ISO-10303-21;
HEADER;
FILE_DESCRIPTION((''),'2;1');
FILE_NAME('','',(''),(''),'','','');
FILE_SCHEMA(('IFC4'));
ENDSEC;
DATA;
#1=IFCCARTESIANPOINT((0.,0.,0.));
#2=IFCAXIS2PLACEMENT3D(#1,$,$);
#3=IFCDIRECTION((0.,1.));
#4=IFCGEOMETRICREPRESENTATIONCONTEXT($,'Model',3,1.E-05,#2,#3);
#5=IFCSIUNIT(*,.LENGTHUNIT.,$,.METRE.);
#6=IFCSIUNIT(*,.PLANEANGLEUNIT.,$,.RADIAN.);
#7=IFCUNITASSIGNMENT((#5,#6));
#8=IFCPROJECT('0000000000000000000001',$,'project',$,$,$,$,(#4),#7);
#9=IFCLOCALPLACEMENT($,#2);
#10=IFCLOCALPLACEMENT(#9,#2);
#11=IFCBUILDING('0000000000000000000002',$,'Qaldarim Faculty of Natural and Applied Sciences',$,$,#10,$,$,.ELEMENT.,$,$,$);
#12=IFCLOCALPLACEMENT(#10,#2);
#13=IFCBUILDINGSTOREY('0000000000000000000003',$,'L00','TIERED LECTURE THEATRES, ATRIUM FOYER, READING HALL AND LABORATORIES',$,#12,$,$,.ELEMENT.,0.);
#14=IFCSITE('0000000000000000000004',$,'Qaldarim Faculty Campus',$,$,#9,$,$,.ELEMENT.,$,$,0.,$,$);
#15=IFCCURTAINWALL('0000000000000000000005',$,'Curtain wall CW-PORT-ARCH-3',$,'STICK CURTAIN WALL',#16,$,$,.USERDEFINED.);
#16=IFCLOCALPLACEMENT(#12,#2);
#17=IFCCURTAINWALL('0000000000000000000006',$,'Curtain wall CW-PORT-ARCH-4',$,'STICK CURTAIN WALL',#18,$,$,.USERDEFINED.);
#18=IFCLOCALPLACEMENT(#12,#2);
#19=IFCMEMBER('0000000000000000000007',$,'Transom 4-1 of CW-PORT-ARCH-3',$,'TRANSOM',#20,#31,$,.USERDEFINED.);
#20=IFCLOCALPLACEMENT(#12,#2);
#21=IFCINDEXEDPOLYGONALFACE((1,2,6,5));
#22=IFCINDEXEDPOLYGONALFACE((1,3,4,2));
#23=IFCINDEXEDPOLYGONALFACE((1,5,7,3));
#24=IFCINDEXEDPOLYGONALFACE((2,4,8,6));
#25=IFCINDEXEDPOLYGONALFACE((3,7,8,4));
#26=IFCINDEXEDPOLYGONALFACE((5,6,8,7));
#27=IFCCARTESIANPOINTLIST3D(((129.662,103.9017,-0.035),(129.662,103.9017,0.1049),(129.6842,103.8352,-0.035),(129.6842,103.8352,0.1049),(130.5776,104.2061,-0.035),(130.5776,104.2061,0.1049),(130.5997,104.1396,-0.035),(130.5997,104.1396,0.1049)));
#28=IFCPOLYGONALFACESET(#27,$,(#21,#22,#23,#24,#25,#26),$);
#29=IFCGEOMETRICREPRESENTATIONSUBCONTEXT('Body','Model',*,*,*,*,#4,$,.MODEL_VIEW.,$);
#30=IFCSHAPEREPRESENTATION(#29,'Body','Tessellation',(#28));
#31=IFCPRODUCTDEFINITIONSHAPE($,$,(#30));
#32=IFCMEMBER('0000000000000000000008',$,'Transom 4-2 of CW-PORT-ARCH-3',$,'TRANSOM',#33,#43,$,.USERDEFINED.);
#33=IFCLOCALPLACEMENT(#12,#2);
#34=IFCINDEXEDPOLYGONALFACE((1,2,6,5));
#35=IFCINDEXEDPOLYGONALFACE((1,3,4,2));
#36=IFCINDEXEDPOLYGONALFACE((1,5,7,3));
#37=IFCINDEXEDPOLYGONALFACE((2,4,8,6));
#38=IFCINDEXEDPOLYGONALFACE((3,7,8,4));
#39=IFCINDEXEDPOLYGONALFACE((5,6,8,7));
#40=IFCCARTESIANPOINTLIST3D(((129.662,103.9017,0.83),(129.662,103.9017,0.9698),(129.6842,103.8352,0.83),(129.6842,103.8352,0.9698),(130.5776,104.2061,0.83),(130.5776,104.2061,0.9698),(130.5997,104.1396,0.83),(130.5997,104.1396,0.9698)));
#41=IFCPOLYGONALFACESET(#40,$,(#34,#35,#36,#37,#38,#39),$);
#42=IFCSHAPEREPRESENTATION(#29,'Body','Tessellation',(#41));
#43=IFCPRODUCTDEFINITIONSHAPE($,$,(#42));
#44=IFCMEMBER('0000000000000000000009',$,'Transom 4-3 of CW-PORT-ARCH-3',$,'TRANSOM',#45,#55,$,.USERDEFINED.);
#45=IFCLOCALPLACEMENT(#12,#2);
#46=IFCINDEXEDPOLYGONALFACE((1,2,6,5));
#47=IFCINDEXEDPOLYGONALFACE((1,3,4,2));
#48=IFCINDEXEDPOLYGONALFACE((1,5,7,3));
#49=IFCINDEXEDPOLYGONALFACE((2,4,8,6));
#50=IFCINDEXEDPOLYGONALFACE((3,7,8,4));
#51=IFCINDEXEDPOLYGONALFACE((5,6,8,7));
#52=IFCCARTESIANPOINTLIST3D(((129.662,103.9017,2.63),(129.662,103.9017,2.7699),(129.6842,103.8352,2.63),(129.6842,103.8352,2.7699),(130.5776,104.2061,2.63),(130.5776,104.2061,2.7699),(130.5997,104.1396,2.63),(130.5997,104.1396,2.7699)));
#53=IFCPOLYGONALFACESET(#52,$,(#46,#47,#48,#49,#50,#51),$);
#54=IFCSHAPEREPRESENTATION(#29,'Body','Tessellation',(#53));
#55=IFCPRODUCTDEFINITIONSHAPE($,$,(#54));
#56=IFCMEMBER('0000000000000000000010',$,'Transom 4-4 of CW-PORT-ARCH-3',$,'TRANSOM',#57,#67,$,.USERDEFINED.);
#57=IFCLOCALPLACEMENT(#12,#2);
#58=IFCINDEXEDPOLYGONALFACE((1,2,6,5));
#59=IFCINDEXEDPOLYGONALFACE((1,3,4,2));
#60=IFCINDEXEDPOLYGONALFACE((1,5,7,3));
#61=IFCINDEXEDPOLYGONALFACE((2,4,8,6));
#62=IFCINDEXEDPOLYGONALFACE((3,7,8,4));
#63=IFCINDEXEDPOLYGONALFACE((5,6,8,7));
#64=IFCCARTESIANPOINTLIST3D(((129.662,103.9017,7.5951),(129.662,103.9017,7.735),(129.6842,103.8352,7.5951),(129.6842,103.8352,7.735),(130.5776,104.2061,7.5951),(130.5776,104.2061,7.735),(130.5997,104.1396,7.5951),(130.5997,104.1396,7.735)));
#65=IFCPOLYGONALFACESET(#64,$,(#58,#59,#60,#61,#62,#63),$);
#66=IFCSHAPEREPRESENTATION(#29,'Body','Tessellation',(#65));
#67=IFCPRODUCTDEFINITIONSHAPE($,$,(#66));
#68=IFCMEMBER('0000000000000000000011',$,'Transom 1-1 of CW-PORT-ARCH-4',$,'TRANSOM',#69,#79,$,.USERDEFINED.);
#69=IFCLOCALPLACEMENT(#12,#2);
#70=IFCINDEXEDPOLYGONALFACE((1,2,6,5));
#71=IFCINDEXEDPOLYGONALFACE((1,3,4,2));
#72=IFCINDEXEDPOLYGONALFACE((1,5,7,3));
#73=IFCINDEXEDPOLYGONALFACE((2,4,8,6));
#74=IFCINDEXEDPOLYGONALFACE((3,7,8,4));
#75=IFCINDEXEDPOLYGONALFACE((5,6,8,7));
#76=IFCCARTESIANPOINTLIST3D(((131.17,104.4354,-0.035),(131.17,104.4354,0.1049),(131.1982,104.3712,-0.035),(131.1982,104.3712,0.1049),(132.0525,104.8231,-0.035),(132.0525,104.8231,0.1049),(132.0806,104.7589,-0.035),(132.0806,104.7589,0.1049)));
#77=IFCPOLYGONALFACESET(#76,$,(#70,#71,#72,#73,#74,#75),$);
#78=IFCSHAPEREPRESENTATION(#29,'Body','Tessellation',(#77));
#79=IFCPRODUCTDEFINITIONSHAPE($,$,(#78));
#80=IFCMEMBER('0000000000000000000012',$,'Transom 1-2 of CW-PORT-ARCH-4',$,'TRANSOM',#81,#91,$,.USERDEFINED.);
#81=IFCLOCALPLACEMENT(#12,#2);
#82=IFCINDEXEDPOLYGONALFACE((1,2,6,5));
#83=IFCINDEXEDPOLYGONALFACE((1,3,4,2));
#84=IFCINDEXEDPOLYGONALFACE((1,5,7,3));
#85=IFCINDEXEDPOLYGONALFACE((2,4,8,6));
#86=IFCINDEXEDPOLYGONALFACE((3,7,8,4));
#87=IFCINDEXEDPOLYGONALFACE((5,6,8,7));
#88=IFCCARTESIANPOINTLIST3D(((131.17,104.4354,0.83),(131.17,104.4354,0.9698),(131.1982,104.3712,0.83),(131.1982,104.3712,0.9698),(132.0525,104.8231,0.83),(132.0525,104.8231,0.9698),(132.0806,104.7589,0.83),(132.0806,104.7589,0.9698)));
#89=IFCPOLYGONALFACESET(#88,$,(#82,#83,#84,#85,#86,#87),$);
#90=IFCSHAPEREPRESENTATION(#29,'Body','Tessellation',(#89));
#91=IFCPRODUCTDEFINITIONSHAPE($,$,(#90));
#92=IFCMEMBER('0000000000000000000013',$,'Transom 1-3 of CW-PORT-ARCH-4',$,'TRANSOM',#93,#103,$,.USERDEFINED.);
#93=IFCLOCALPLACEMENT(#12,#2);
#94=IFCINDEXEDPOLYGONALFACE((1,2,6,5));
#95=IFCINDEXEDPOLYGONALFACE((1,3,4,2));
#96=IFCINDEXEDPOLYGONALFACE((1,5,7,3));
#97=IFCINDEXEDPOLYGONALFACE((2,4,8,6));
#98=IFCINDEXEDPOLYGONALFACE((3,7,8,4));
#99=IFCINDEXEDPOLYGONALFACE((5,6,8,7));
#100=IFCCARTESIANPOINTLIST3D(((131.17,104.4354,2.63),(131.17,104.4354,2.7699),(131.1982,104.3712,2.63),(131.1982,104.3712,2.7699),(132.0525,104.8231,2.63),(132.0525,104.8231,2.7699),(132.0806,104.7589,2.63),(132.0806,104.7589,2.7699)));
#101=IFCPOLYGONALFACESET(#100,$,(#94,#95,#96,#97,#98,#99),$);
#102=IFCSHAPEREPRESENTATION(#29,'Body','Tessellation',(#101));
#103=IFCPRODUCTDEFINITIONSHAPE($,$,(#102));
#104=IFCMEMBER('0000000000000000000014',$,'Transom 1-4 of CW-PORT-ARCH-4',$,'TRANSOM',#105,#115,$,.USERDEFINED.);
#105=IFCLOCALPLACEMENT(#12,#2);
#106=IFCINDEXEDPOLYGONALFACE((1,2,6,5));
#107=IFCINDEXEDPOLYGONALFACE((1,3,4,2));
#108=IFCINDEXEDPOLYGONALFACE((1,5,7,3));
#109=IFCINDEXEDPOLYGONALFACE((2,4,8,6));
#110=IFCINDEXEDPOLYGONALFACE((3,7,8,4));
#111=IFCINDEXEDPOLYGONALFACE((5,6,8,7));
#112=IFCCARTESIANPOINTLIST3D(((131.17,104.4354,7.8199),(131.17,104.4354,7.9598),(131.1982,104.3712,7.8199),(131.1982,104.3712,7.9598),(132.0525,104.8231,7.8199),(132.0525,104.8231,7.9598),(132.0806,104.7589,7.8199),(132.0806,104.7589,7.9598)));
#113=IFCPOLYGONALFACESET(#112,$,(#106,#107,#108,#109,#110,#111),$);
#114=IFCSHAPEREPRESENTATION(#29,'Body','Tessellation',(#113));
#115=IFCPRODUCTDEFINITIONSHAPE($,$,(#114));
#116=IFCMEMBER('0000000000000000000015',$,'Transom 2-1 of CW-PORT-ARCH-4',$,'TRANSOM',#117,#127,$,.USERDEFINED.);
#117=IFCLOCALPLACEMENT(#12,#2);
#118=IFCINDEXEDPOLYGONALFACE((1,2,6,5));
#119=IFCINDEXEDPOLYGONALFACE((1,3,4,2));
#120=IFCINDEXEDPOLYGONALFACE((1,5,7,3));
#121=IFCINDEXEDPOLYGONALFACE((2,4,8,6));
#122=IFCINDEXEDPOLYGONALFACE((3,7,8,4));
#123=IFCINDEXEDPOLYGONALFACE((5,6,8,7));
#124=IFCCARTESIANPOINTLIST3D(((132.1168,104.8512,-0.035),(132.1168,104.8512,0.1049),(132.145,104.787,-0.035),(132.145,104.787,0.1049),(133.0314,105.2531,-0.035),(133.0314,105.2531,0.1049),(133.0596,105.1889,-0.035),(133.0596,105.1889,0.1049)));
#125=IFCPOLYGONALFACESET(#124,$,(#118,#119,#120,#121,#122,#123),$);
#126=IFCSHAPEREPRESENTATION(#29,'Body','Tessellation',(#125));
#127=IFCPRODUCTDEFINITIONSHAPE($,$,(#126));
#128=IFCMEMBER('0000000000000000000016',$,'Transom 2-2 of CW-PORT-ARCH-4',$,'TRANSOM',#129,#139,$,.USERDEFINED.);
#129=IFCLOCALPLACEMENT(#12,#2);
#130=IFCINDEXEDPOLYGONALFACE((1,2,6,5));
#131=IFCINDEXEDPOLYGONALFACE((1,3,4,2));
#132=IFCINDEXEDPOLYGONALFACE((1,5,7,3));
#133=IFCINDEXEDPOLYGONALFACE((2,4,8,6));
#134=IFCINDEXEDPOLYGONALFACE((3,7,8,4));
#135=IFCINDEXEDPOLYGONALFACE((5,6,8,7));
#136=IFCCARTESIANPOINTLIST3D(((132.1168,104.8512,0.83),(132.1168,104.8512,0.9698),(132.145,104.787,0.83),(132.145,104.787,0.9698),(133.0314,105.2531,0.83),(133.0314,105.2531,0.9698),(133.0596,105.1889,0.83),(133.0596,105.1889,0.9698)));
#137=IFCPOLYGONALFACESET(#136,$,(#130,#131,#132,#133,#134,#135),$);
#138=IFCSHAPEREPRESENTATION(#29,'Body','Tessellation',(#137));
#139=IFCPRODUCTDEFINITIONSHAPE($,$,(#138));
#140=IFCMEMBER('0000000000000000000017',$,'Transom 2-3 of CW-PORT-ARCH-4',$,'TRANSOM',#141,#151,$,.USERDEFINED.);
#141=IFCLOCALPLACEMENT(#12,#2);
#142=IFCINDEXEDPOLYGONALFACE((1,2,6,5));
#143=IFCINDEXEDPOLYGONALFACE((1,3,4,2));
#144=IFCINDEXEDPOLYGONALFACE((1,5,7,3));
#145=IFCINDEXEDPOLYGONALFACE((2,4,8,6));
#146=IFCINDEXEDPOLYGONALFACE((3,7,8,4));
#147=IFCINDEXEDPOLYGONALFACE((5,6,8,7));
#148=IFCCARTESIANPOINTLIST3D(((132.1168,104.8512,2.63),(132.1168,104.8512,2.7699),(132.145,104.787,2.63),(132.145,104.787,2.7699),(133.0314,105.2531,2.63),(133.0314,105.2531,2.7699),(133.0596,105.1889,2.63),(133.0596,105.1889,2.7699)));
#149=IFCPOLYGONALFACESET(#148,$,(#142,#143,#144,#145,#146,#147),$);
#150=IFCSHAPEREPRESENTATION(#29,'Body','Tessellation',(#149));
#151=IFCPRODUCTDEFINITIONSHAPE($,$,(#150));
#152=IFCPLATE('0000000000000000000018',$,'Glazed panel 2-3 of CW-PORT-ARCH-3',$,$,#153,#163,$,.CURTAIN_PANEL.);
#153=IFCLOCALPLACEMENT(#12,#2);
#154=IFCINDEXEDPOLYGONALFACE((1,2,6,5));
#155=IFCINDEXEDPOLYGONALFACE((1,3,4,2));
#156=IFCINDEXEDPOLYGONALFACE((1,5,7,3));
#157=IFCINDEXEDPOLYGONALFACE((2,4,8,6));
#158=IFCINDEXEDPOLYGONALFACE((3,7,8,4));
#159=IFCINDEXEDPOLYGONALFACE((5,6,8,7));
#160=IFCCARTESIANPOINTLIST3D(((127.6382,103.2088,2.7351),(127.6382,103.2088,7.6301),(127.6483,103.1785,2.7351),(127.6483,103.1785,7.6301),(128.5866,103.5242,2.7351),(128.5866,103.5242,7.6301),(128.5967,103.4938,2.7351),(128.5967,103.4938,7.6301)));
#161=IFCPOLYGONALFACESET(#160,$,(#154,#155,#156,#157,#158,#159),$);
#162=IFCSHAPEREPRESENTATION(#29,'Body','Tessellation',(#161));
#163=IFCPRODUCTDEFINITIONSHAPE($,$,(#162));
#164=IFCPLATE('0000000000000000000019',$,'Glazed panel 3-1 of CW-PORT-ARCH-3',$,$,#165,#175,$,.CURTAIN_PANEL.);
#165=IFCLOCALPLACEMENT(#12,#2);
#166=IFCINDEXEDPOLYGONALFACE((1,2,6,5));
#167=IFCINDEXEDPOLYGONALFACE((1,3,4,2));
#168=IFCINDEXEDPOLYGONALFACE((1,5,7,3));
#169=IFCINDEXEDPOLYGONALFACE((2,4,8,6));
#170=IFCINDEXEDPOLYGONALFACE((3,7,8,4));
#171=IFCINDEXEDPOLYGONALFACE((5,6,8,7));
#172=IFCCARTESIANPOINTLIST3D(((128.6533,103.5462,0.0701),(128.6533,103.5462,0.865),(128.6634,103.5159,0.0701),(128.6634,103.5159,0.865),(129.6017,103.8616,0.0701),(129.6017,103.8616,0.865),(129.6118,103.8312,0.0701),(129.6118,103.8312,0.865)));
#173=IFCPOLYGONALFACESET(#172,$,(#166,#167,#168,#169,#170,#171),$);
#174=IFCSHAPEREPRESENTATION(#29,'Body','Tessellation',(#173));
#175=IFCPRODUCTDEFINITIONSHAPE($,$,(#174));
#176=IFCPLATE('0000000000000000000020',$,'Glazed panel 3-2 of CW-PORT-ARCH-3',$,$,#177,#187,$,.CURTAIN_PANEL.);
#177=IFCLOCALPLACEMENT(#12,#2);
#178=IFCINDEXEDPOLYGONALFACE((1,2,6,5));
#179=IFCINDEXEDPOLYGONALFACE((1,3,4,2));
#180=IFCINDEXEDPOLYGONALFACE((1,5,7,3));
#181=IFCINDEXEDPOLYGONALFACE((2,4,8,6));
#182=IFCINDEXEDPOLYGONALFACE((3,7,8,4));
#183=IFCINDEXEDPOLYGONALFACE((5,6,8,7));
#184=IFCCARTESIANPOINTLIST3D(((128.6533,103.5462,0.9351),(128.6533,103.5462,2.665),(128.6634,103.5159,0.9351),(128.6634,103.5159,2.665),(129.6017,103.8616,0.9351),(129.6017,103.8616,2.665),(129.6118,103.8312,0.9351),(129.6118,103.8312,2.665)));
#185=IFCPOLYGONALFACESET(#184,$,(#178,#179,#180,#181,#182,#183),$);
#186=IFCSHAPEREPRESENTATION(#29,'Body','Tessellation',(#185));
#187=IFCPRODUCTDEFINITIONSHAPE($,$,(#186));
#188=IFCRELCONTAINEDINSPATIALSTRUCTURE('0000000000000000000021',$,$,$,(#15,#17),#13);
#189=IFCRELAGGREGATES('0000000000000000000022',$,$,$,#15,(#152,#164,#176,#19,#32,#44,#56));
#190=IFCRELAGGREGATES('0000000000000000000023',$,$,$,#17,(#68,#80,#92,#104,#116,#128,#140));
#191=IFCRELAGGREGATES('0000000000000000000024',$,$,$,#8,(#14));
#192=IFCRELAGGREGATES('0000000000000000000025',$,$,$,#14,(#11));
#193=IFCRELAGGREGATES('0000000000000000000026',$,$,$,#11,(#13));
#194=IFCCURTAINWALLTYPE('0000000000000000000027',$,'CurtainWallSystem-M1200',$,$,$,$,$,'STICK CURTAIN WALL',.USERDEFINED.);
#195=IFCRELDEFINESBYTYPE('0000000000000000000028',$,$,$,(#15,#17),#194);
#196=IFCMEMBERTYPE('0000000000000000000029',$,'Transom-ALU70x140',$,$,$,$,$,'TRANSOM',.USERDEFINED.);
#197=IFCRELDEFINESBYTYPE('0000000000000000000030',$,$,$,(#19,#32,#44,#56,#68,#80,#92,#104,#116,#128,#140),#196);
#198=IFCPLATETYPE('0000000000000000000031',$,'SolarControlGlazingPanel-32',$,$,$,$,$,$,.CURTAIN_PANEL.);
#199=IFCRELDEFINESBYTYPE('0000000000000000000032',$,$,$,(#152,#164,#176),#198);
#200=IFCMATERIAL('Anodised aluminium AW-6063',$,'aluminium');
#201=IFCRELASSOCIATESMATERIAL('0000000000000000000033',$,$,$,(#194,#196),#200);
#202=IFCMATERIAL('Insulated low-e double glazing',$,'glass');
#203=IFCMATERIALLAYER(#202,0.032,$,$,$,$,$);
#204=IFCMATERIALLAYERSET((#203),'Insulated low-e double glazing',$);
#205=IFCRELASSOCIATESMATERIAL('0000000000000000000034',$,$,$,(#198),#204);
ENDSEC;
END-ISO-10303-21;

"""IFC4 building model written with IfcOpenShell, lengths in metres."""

from ifc_helpers import new_model, si_unit, direction, frame, origin, origin_2d, place, context, subcontext, project, spatial, rectangle, extrude, material, layer, layer_set, material_profile, profile_set, type_object, element, aggregate, save


model = new_model("IFC4")

# Units and contexts
model_context = context("Model", 3, precision=1e-05, world=origin(), true_north=direction((0.0, 1.0)))
body_context = subcontext(model_context, "Body", "Model", "MODEL_VIEW")
ifc_project = project(units=[si_unit("LENGTHUNIT", "METRE"), si_unit("PLANEANGLEUNIT", "RADIAN")], contexts=[model_context])

# Site, building, storey
site_placement = place(None, origin())
site = spatial("IfcSite", under=ifc_project, at=site_placement, Name="Qaldarim Faculty Campus", CompositionType="ELEMENT", RefElevation=0.0)
building_placement = place(site_placement, origin())
building = spatial("IfcBuilding", under=site, at=building_placement, Name="Qaldarim Faculty of Natural and Applied Sciences", CompositionType="ELEMENT")
storey_placement = place(building_placement, origin())
storey = spatial("IfcBuildingStorey", under=building, at=storey_placement, Name="L00", Description="TIERED LECTURE THEATRES, ATRIUM FOYER, READING HALL AND LABORATORIES", CompositionType="ELEMENT", Elevation=0.0)

# Curtain walls
ifc_material_1 = material(Name="Anodised aluminium AW-6063", Category="aluminium")
curtain_wall_type = type_object("IfcCurtainWallType", Name="CurtainWallSystem-M1200", ElementType="STICK CURTAIN WALL", PredefinedType="USERDEFINED", material=ifc_material_1)
curtain_wall_1_placement = place(storey_placement, origin())
curtain_wall_1 = element("IfcCurtainWall", 1, at=curtain_wall_1_placement, inside=storey, type_object=curtain_wall_type, Name="Curtain wall CW-PORT-ARCH-3", ObjectType="STICK CURTAIN WALL", PredefinedType="USERDEFINED")
curtain_wall_2_placement = place(storey_placement, origin())
curtain_wall_2 = element("IfcCurtainWall", 2, at=curtain_wall_2_placement, inside=storey, type_object=curtain_wall_type, Name="Curtain wall CW-PORT-ARCH-4", ObjectType="STICK CURTAIN WALL", PredefinedType="USERDEFINED")

# Members
ifc_material_profile_1 = material_profile(ifc_material_1, rectangle(XDim=0.0701, YDim=0.1399, at=origin_2d()), Name="ALU-T70x140")
ifc_profile_set_1 = profile_set([ifc_material_profile_1], Name="Anodised aluminium AW-6063")
member_type_1 = type_object("IfcMemberType", Name="Transom-ALU70x140", ElementType="TRANSOM", PredefinedType="USERDEFINED", material=ifc_profile_set_1)
member_1_placement = place(storey_placement, frame((129.6731, 103.8684, 0.0349), z_axis=(0.948911, 0.315544, 0.0), x_axis=(-0.315544, 0.948911, 0.0)))
member_1 = element("IfcMember", 3, at=member_1_placement, type_object=member_type_1, Name="Transom 4-1 of CW-PORT-ARCH-3", ObjectType="TRANSOM", PredefinedType="USERDEFINED", context=body_context, shape_type="SweptSolid", body=[
    extrude(rectangle(XDim=0.0701, YDim=0.1399, at=origin_2d()), origin(), (0.0, 0.0, 1.0), 0.9648),
])
member_2_placement = place(storey_placement, frame((129.6731, 103.8684, 0.8999), z_axis=(0.948911, 0.315544, 0.0), x_axis=(-0.315544, 0.948911, 0.0)))
member_2 = element("IfcMember", 4, at=member_2_placement, type_object=member_type_1, Name="Transom 4-2 of CW-PORT-ARCH-3", ObjectType="TRANSOM", PredefinedType="USERDEFINED", context=body_context, shape_type="SweptSolid", body=[
    extrude(rectangle(XDim=0.0701, YDim=0.1399, at=origin_2d()), origin(), (0.0, 0.0, 1.0), 0.9648),
])
member_3_placement = place(storey_placement, frame((129.6731, 103.8684, 2.7), z_axis=(0.948911, 0.315544, 0.0), x_axis=(-0.315544, 0.948911, 0.0)))
member_3 = element("IfcMember", 5, at=member_3_placement, type_object=member_type_1, Name="Transom 4-3 of CW-PORT-ARCH-3", ObjectType="TRANSOM", PredefinedType="USERDEFINED", context=body_context, shape_type="SweptSolid", body=[
    extrude(rectangle(XDim=0.0701, YDim=0.1399, at=origin_2d()), origin(), (0.0, 0.0, 1.0), 0.9648),
])
member_4_placement = place(storey_placement, frame((129.6731, 103.8684, 7.665), z_axis=(0.948911, 0.315544, 0.0), x_axis=(-0.315544, 0.948911, 0.0)))
member_4 = element("IfcMember", 6, at=member_4_placement, type_object=member_type_1, Name="Transom 4-4 of CW-PORT-ARCH-3", ObjectType="TRANSOM", PredefinedType="USERDEFINED", context=body_context, shape_type="SweptSolid", body=[
    extrude(rectangle(XDim=0.0701, YDim=0.1399, at=origin_2d()), origin(), (0.0, 0.0, 1.0), 0.9648),
])
member_5_placement = place(storey_placement, frame((131.1841, 104.4033, 0.0349), z_axis=(0.915558, 0.402187, 0.0), x_axis=(-0.402187, 0.915558, 0.0)))
member_5 = element("IfcMember", 7, at=member_5_placement, type_object=member_type_1, Name="Transom 1-1 of CW-PORT-ARCH-4", ObjectType="TRANSOM", PredefinedType="USERDEFINED", context=body_context, shape_type="SweptSolid", body=[
    extrude(rectangle(XDim=0.0701, YDim=0.1399, at=origin_2d()), origin(), (0.0, 0.0, 1.0), 0.9639),
])
member_6_placement = place(storey_placement, frame((131.1841, 104.4033, 0.8999), z_axis=(0.915558, 0.402187, 0.0), x_axis=(-0.402187, 0.915558, 0.0)))
member_6 = element("IfcMember", 8, at=member_6_placement, type_object=member_type_1, Name="Transom 1-2 of CW-PORT-ARCH-4", ObjectType="TRANSOM", PredefinedType="USERDEFINED", context=body_context, shape_type="SweptSolid", body=[
    extrude(rectangle(XDim=0.0701, YDim=0.1399, at=origin_2d()), origin(), (0.0, 0.0, 1.0), 0.9639),
])
member_7_placement = place(storey_placement, frame((131.1841, 104.4033, 2.7), z_axis=(0.915558, 0.402187, 0.0), x_axis=(-0.402187, 0.915558, 0.0)))
member_7 = element("IfcMember", 9, at=member_7_placement, type_object=member_type_1, Name="Transom 1-3 of CW-PORT-ARCH-4", ObjectType="TRANSOM", PredefinedType="USERDEFINED", context=body_context, shape_type="SweptSolid", body=[
    extrude(rectangle(XDim=0.0701, YDim=0.1399, at=origin_2d()), origin(), (0.0, 0.0, 1.0), 0.9639),
])
member_8_placement = place(storey_placement, frame((131.1841, 104.4033, 7.8899), z_axis=(0.915558, 0.402187, 0.0), x_axis=(-0.402187, 0.915558, 0.0)))
member_8 = element("IfcMember", 10, at=member_8_placement, type_object=member_type_1, Name="Transom 1-4 of CW-PORT-ARCH-4", ObjectType="TRANSOM", PredefinedType="USERDEFINED", context=body_context, shape_type="SweptSolid", body=[
    extrude(rectangle(XDim=0.0701, YDim=0.1399, at=origin_2d()), origin(), (0.0, 0.0, 1.0), 0.9639),
])
member_9_placement = place(storey_placement, frame((132.1309, 104.8191, 0.0349), z_axis=(0.915517, 0.40228, 0.0), x_axis=(-0.40228, 0.915517, 0.0)))
member_9 = element("IfcMember", 11, at=member_9_placement, type_object=member_type_1, Name="Transom 2-1 of CW-PORT-ARCH-4", ObjectType="TRANSOM", PredefinedType="USERDEFINED", context=body_context, shape_type="SweptSolid", body=[
    extrude(rectangle(XDim=0.0701, YDim=0.1399, at=origin_2d()), origin(), (0.0, 0.0, 1.0), 0.999),
])
member_10_placement = place(storey_placement, frame((132.1309, 104.8191, 0.8999), z_axis=(0.915517, 0.40228, 0.0), x_axis=(-0.40228, 0.915517, 0.0)))
member_10 = element("IfcMember", 12, at=member_10_placement, type_object=member_type_1, Name="Transom 2-2 of CW-PORT-ARCH-4", ObjectType="TRANSOM", PredefinedType="USERDEFINED", context=body_context, shape_type="SweptSolid", body=[
    extrude(rectangle(XDim=0.0701, YDim=0.1399, at=origin_2d()), origin(), (0.0, 0.0, 1.0), 0.999),
])
member_11_placement = place(storey_placement, frame((132.1309, 104.8191, 2.7), z_axis=(0.915517, 0.40228, 0.0), x_axis=(-0.40228, 0.915517, 0.0)))
member_11 = element("IfcMember", 13, at=member_11_placement, type_object=member_type_1, Name="Transom 2-3 of CW-PORT-ARCH-4", ObjectType="TRANSOM", PredefinedType="USERDEFINED", context=body_context, shape_type="SweptSolid", body=[
    extrude(rectangle(XDim=0.0701, YDim=0.1399, at=origin_2d()), origin(), (0.0, 0.0, 1.0), 0.999),
])

# Plates
ifc_material_2 = material(Name="Insulated low-e double glazing", Category="glass")
ifc_layer_1 = layer(ifc_material_2, 0.032)
ifc_layer_set_1 = layer_set([ifc_layer_1], Name="Insulated low-e double glazing")
plate_type = type_object("IfcPlateType", Name="SolarControlGlazingPanel-32", PredefinedType="CURTAIN_PANEL", material=ifc_layer_set_1)
plate_1_placement = place(storey_placement, frame((128.1174, 103.3513, 2.7351), z_axis=(0.0, 0.0, 1.0), x_axis=(0.948915, 0.315533, 0.0)))
plate_1 = element("IfcPlate", 14, at=plate_1_placement, type_object=plate_type, Name="Glazed panel 2-3 of CW-PORT-ARCH-3", PredefinedType="CURTAIN_PANEL", context=body_context, shape_type="SweptSolid", body=[
    extrude(rectangle(XDim=0.9995, YDim=0.032, at=origin_2d()), origin(), (0.0, 0.0, 1.0), 4.895),
])
plate_2_placement = place(storey_placement, frame((129.1326, 103.6887, 0.0701), z_axis=(0.0, 0.0, 1.0), x_axis=(0.948915, 0.315533, 0.0)))
plate_2 = element("IfcPlate", 15, at=plate_2_placement, type_object=plate_type, Name="Glazed panel 3-1 of CW-PORT-ARCH-3", PredefinedType="CURTAIN_PANEL", context=body_context, shape_type="SweptSolid", body=[
    extrude(rectangle(XDim=0.9995, YDim=0.032, at=origin_2d()), origin(), (0.0, 0.0, 1.0), 0.7949),
])
plate_3_placement = place(storey_placement, frame((129.1326, 103.6887, 0.9351), z_axis=(0.0, 0.0, 1.0), x_axis=(0.948915, 0.315533, 0.0)))
plate_3 = element("IfcPlate", 16, at=plate_3_placement, type_object=plate_type, Name="Glazed panel 3-2 of CW-PORT-ARCH-3", PredefinedType="CURTAIN_PANEL", context=body_context, shape_type="SweptSolid", body=[
    extrude(rectangle(XDim=0.9995, YDim=0.032, at=origin_2d()), origin(), (0.0, 0.0, 1.0), 1.73),
])
aggregate(curtain_wall_1, [plate_1, plate_2, plate_3, member_1, member_2, member_3, member_4])
aggregate(curtain_wall_2, [member_5, member_6, member_7, member_8, member_9, member_10, member_11])

save(model, "model.ifc")
